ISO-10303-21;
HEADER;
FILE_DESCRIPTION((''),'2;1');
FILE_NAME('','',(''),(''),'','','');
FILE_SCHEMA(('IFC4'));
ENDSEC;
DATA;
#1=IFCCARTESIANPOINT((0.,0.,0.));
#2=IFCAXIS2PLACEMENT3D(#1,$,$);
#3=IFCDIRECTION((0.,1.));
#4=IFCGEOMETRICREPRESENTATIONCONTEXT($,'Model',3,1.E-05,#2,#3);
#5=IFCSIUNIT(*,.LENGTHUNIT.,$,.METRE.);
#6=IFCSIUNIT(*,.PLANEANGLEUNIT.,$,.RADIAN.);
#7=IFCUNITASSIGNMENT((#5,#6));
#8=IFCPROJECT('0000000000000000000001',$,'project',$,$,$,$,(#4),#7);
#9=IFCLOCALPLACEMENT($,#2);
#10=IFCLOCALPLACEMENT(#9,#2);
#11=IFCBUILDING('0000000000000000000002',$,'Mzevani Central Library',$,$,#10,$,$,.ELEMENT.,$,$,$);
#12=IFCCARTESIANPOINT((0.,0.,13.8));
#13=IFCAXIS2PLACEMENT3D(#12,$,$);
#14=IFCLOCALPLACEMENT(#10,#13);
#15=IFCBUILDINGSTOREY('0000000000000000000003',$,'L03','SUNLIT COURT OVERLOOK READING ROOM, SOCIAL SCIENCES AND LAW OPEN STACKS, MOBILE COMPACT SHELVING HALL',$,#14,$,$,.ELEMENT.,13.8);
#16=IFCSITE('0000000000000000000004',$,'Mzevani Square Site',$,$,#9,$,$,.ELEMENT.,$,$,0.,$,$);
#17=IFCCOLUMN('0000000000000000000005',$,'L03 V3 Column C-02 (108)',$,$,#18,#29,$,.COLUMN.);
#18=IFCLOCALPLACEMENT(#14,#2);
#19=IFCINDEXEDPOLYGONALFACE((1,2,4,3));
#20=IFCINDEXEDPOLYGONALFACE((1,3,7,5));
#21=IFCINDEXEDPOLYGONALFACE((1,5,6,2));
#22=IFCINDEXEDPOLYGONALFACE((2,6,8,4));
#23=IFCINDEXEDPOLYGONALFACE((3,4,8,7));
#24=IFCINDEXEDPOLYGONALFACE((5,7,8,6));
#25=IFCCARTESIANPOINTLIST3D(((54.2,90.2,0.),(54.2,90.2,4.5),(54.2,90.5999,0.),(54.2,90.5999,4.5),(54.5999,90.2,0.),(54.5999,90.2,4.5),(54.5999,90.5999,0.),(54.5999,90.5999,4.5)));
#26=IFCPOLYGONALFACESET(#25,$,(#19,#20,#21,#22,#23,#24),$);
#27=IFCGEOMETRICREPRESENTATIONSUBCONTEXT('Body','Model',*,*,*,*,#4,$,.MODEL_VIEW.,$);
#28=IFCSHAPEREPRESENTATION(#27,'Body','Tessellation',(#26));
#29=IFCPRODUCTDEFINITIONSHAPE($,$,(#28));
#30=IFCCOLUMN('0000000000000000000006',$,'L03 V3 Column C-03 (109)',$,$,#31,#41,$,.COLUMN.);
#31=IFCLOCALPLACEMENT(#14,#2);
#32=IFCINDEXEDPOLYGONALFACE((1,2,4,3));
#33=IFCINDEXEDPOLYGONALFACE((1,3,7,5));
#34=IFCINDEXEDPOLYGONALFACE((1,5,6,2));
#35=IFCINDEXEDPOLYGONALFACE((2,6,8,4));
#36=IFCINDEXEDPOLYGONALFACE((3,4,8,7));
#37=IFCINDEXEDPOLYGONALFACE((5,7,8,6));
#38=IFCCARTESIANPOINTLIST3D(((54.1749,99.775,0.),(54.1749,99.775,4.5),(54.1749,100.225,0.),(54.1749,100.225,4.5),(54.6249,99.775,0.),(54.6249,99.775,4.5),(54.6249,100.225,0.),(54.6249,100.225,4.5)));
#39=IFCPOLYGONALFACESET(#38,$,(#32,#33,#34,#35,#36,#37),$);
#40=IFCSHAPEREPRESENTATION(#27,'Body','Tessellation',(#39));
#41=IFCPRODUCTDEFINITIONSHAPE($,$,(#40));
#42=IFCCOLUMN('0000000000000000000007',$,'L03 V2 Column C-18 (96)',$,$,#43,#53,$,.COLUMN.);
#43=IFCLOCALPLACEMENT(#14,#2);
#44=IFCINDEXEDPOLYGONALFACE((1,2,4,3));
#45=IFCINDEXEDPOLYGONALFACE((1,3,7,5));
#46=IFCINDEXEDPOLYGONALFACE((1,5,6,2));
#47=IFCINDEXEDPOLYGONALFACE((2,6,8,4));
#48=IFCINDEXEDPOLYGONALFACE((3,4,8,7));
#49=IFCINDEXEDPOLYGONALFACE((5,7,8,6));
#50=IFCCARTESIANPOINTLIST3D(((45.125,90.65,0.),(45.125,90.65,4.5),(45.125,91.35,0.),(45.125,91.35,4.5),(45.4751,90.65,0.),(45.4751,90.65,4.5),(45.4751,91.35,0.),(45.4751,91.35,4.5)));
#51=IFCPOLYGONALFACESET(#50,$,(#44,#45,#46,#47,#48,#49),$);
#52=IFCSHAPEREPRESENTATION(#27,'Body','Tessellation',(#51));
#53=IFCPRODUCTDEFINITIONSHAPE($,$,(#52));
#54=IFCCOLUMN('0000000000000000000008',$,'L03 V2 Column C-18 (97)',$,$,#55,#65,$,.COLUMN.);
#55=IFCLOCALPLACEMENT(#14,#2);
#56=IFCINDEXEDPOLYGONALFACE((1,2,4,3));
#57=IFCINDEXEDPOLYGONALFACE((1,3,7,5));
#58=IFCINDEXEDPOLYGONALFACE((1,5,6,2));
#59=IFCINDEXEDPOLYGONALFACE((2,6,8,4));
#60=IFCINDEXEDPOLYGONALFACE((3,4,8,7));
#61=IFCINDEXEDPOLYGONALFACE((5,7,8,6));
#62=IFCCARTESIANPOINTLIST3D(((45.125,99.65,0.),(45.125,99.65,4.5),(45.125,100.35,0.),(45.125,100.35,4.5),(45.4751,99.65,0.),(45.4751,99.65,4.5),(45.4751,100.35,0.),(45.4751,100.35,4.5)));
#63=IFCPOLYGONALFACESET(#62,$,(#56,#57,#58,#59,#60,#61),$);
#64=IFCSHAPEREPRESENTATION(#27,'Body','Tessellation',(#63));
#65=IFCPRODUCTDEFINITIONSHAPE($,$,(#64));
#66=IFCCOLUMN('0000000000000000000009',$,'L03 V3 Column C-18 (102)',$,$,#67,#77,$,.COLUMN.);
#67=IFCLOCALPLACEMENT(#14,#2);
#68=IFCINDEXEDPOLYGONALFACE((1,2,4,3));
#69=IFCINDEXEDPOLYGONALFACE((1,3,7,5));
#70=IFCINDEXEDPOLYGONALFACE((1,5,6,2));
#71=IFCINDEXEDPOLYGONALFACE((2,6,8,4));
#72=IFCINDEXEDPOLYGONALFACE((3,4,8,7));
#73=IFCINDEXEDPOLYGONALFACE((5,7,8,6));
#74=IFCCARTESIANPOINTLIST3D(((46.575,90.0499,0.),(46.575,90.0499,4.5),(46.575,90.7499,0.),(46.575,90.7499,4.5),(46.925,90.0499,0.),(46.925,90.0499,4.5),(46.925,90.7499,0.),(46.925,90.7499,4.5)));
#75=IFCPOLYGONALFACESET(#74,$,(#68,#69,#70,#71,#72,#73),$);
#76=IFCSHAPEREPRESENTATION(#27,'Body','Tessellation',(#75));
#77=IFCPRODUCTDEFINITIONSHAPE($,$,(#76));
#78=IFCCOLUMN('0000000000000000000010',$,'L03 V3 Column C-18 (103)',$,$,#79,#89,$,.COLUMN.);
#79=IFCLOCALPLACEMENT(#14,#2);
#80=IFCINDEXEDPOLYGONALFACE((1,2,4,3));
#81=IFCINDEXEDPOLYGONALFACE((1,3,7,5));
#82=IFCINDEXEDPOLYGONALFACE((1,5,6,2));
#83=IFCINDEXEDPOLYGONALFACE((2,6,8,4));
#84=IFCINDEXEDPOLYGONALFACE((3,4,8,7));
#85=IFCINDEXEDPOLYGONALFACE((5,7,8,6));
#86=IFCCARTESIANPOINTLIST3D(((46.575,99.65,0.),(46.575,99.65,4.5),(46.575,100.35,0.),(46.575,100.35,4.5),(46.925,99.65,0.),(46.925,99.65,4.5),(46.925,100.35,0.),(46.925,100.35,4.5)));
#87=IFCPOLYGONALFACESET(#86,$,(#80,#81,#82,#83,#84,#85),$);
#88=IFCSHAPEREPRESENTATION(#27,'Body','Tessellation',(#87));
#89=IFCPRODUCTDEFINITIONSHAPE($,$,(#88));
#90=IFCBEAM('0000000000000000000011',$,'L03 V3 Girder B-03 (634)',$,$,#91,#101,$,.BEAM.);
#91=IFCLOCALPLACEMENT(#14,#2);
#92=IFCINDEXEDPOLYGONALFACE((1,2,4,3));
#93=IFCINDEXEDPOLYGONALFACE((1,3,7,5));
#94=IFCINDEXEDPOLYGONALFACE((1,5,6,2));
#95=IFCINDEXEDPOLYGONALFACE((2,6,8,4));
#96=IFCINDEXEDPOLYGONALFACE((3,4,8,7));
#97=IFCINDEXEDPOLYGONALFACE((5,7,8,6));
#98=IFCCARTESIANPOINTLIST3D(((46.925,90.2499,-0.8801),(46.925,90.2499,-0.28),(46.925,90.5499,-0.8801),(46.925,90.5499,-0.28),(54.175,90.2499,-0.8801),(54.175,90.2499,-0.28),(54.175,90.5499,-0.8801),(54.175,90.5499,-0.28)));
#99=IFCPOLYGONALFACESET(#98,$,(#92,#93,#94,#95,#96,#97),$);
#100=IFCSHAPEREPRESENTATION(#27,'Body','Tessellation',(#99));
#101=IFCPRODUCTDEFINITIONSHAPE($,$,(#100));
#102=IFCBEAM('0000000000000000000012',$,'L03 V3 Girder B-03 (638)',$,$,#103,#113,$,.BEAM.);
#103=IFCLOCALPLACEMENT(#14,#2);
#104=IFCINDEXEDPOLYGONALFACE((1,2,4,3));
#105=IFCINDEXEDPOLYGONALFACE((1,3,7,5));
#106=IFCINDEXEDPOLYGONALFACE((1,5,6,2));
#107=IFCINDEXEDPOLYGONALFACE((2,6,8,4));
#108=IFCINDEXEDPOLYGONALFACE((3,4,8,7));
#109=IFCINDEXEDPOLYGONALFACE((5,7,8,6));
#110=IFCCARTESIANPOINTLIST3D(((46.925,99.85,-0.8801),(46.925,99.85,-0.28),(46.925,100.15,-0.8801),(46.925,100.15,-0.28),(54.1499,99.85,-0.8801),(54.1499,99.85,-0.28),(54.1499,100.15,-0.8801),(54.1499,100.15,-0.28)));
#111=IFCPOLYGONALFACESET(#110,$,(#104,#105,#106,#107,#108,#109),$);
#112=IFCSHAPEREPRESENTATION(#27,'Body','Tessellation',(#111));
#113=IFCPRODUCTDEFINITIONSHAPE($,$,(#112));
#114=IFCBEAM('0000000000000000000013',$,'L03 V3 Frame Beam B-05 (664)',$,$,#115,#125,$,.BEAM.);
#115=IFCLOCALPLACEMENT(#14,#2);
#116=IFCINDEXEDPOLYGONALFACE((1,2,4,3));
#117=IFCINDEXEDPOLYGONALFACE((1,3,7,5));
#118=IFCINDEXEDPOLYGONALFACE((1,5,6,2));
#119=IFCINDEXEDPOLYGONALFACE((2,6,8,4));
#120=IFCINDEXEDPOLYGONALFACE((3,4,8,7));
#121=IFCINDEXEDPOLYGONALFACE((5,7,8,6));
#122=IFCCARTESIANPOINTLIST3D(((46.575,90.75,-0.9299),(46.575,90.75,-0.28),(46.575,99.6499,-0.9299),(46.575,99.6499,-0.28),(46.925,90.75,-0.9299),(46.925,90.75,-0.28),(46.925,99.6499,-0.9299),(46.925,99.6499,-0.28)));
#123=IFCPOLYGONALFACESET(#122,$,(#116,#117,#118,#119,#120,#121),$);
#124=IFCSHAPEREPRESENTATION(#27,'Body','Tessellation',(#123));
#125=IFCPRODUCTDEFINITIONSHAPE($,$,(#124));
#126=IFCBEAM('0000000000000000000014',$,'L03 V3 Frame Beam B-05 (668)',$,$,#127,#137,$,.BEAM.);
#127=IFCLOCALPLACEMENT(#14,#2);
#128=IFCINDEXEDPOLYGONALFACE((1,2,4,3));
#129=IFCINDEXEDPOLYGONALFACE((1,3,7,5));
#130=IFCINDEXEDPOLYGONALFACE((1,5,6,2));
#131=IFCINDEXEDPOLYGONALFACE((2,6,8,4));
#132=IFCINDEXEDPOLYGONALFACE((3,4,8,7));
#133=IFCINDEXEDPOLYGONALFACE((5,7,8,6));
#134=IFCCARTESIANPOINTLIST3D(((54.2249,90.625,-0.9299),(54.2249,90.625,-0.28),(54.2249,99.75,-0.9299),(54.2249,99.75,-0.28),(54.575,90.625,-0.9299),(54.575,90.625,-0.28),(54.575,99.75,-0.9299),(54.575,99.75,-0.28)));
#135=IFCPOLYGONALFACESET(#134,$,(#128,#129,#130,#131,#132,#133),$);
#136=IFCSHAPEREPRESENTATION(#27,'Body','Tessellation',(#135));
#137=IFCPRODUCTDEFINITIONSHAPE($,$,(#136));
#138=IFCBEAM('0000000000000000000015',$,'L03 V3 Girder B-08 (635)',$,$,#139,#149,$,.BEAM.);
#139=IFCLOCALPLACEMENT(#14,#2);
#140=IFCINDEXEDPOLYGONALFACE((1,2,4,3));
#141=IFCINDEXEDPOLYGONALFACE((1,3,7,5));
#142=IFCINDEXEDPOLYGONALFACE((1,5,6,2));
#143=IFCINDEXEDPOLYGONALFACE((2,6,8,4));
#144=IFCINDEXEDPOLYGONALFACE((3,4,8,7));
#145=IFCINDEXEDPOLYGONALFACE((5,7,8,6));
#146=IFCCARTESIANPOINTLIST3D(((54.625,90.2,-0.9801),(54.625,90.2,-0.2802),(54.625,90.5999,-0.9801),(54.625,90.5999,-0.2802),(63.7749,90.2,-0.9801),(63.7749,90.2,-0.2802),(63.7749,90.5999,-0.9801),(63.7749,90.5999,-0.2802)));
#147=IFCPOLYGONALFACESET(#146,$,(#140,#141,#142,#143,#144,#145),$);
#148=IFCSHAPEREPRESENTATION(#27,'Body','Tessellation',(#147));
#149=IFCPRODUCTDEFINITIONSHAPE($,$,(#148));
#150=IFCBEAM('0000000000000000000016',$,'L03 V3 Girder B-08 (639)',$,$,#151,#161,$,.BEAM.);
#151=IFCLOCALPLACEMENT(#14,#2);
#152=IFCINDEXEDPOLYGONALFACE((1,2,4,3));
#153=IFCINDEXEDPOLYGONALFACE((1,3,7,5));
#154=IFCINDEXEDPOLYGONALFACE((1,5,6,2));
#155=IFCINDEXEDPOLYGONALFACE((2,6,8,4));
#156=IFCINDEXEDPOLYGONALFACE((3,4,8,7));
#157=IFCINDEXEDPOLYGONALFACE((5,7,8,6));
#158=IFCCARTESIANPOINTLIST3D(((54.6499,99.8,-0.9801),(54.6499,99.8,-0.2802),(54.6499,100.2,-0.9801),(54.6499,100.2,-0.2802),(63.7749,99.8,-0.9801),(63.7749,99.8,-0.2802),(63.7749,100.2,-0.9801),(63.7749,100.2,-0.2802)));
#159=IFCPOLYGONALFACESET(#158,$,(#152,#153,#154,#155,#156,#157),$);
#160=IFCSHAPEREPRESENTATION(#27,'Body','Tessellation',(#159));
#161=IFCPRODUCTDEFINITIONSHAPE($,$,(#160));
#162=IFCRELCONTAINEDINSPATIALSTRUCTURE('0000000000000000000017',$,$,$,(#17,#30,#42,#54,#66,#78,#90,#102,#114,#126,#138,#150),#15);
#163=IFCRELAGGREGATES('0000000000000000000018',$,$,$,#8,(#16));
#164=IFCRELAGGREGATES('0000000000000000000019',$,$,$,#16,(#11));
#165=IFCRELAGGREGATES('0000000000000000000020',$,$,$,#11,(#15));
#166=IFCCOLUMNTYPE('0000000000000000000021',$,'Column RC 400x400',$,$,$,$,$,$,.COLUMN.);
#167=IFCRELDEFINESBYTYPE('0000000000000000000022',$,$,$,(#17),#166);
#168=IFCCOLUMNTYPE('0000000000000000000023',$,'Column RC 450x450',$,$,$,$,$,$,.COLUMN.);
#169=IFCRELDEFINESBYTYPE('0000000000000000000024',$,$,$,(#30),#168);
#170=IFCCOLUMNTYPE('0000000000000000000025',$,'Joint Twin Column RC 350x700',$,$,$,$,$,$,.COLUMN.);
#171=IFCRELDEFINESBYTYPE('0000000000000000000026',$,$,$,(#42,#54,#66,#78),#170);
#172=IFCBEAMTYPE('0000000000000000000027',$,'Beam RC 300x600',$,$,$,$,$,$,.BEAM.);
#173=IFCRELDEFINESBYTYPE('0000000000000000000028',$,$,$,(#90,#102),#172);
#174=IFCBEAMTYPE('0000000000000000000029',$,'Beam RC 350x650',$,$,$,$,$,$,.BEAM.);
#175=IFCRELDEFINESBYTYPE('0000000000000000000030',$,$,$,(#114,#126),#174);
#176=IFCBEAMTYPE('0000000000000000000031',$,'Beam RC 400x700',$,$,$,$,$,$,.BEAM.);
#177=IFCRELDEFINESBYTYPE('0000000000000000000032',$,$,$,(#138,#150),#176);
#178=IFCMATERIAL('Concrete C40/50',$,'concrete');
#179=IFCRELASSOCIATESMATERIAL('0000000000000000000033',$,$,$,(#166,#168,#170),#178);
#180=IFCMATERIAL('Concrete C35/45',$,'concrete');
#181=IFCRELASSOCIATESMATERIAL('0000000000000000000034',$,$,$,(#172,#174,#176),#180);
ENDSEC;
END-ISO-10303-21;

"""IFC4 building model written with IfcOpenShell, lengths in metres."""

from ifc_helpers import new_model, si_unit, direction, frame, origin, origin_2d, place, context, subcontext, project, spatial, rectangle, extrude, material, material_profile, profile_set, type_object, element, save


model = new_model("IFC4")

# Units and contexts
model_context = context("Model", 3, precision=1e-05, world=origin(), true_north=direction((0.0, 1.0)))
body_context = subcontext(model_context, "Body", "Model", "MODEL_VIEW")
ifc_project = project(units=[si_unit("LENGTHUNIT", "METRE"), si_unit("PLANEANGLEUNIT", "RADIAN")], contexts=[model_context])

# Site, building, storey
site_placement = place(None, origin())
site = spatial("IfcSite", under=ifc_project, at=site_placement, Name="Mzevani Square Site", CompositionType="ELEMENT", RefElevation=0.0)
building_placement = place(site_placement, origin())
building = spatial("IfcBuilding", under=site, at=building_placement, Name="Mzevani Central Library", CompositionType="ELEMENT")
storey_placement = place(building_placement, frame((0.0, 0.0, 13.8)))
storey = spatial("IfcBuildingStorey", under=building, at=storey_placement, Name="L03", Description="SUNLIT COURT OVERLOOK READING ROOM, SOCIAL SCIENCES AND LAW OPEN STACKS, MOBILE COMPACT SHELVING HALL", CompositionType="ELEMENT", Elevation=13.8)

# Columns
ifc_material_1 = material(Name="Concrete C40/50", Category="concrete")
ifc_material_profile_1 = material_profile(ifc_material_1, rectangle(XDim=0.3999, YDim=0.3999, at=origin_2d()), Name="RC 400x400")
ifc_profile_set_1 = profile_set([ifc_material_profile_1], Name="Concrete C40/50")
column_type_1 = type_object("IfcColumnType", Name="Column RC 400x400", PredefinedType="COLUMN", material=ifc_profile_set_1)
column_1_placement = place(storey_placement, frame((54.3999, 90.3999, 0.0), z_axis=(0.0, 0.0, 1.0), x_axis=(1.0, 0.0, 0.0)))
element("IfcColumn", 1, at=column_1_placement, inside=storey, type_object=column_type_1, Name="L03 V3 Column C-02 (108)", PredefinedType="COLUMN", context=body_context, shape_type="SweptSolid", body=[
    extrude(rectangle(XDim=0.3999, YDim=0.3999, at=origin_2d()), origin(), (0.0, 0.0, 1.0), 4.5),
])
ifc_material_profile_2 = material_profile(ifc_material_1, rectangle(XDim=0.45, YDim=0.45, at=origin_2d()), Name="RC 450x450")
ifc_profile_set_2 = profile_set([ifc_material_profile_2], Name="Concrete C40/50")
column_type_2 = type_object("IfcColumnType", Name="Column RC 450x450", PredefinedType="COLUMN", material=ifc_profile_set_2)
column_2_placement = place(storey_placement, frame((54.3999, 100.0, 0.0), z_axis=(0.0, 0.0, 1.0), x_axis=(1.0, 0.0, 0.0)))
element("IfcColumn", 2, at=column_2_placement, inside=storey, type_object=column_type_2, Name="L03 V3 Column C-03 (109)", PredefinedType="COLUMN", context=body_context, shape_type="SweptSolid", body=[
    extrude(rectangle(XDim=0.45, YDim=0.45, at=origin_2d()), origin(), (0.0, 0.0, 1.0), 4.5),
])
ifc_material_profile_3 = material_profile(ifc_material_1, rectangle(XDim=0.3501, YDim=0.7, at=origin_2d()), Name="RC 350x700")
ifc_profile_set_3 = profile_set([ifc_material_profile_3], Name="Concrete C40/50")
column_type_3 = type_object("IfcColumnType", Name="Joint Twin Column RC 350x700", PredefinedType="COLUMN", material=ifc_profile_set_3)
for number, where, z_axis, x_axis, name in (
    (3, (45.3, 91.0, 0.0), (0.0, 0.0, 1.0), (1.0, 0.0, 0.0), "L03 V2 Column C-18 (96)"),
    (4, (45.3, 100.0, 0.0), (0.0, 0.0, 1.0), (1.0, 0.0, 0.0), "L03 V2 Column C-18 (97)"),
    (5, (46.75, 90.3999, 0.0), (0.0, 0.0, 1.0), (1.0, 0.0, 0.0), "L03 V3 Column C-18 (102)"),
    (6, (46.75, 100.0, 0.0), (0.0, 0.0, 1.0), (1.0, 0.0, 0.0), "L03 V3 Column C-18 (103)"),
):
    element("IfcColumn", number, at=place(storey_placement, frame(where, z_axis=z_axis, x_axis=x_axis)), inside=storey, type_object=column_type_3, Name=name, PredefinedType="COLUMN", context=body_context, shape_type="SweptSolid", body=[
        extrude(rectangle(XDim=0.3501, YDim=0.7, at=origin_2d()), origin(), (0.0, 0.0, 1.0), 4.5),
    ])

# Beams
ifc_material_2 = material(Name="Concrete C35/45", Category="concrete")
ifc_material_profile_4 = material_profile(ifc_material_2, rectangle(XDim=0.3, YDim=0.6001, at=origin_2d()), Name="RC B300x600")
ifc_profile_set_4 = profile_set([ifc_material_profile_4], Name="Concrete C35/45")
beam_type_1 = type_object("IfcBeamType", Name="Beam RC 300x600", PredefinedType="BEAM", material=ifc_profile_set_4)
beam_1_placement = place(storey_placement, frame((46.925, 90.3999, -0.5801), z_axis=(1.0, 0.0, 0.0), x_axis=(0.0, 1.0, 0.0)))
element("IfcBeam", 7, at=beam_1_placement, inside=storey, type_object=beam_type_1, Name="L03 V3 Girder B-03 (634)", PredefinedType="BEAM", context=body_context, shape_type="SweptSolid", body=[
    extrude(rectangle(XDim=0.3, YDim=0.6001, at=origin_2d()), origin(), (0.0, 0.0, 1.0), 7.25),
])
beam_2_placement = place(storey_placement, frame((46.925, 100.0, -0.5801), z_axis=(1.0, 0.0, 0.0), x_axis=(0.0, 1.0, 0.0)))
element("IfcBeam", 8, at=beam_2_placement, inside=storey, type_object=beam_type_1, Name="L03 V3 Girder B-03 (638)", PredefinedType="BEAM", context=body_context, shape_type="SweptSolid", body=[
    extrude(rectangle(XDim=0.3, YDim=0.6001, at=origin_2d()), origin(), (0.0, 0.0, 1.0), 7.2249),
])
ifc_material_profile_5 = material_profile(ifc_material_2, rectangle(XDim=0.3501, YDim=0.6499, at=origin_2d()), Name="RC B350x650")
ifc_profile_set_5 = profile_set([ifc_material_profile_5], Name="Concrete C35/45")
beam_type_2 = type_object("IfcBeamType", Name="Beam RC 350x650", PredefinedType="BEAM", material=ifc_profile_set_5)
beam_3_placement = place(storey_placement, frame((46.75, 90.75, -0.605), z_axis=(0.0, 1.0, 0.0), x_axis=(-1.0, 0.0, 0.0)))
element("IfcBeam", 9, at=beam_3_placement, inside=storey, type_object=beam_type_2, Name="L03 V3 Frame Beam B-05 (664)", PredefinedType="BEAM", context=body_context, shape_type="SweptSolid", body=[
    extrude(rectangle(XDim=0.3501, YDim=0.6499, at=origin_2d()), origin(), (0.0, 0.0, 1.0), 8.8999),
])
beam_4_placement = place(storey_placement, frame((54.3999, 90.625, -0.605), z_axis=(0.0, 1.0, 0.0), x_axis=(-1.0, 0.0, 0.0)))
element("IfcBeam", 10, at=beam_4_placement, inside=storey, type_object=beam_type_2, Name="L03 V3 Frame Beam B-05 (668)", PredefinedType="BEAM", context=body_context, shape_type="SweptSolid", body=[
    extrude(rectangle(XDim=0.3501, YDim=0.6499, at=origin_2d()), origin(), (0.0, 0.0, 1.0), 9.125),
])
ifc_material_profile_6 = material_profile(ifc_material_2, rectangle(XDim=0.3999, YDim=0.7, at=origin_2d()), Name="RC B400x700")
ifc_profile_set_6 = profile_set([ifc_material_profile_6], Name="Concrete C35/45")
beam_type_3 = type_object("IfcBeamType", Name="Beam RC 400x700", PredefinedType="BEAM", material=ifc_profile_set_6)
beam_5_placement = place(storey_placement, frame((54.625, 90.3999, -0.6301), z_axis=(1.0, 0.0, 0.0), x_axis=(0.0, 1.0, 0.0)))
element("IfcBeam", 11, at=beam_5_placement, inside=storey, type_object=beam_type_3, Name="L03 V3 Girder B-08 (635)", PredefinedType="BEAM", context=body_context, shape_type="SweptSolid", body=[
    extrude(rectangle(XDim=0.3999, YDim=0.7, at=origin_2d()), origin(), (0.0, 0.0, 1.0), 9.1499),
])
beam_6_placement = place(storey_placement, frame((54.6499, 100.0, -0.6301), z_axis=(1.0, 0.0, 0.0), x_axis=(0.0, 1.0, 0.0)))
element("IfcBeam", 12, at=beam_6_placement, inside=storey, type_object=beam_type_3, Name="L03 V3 Girder B-08 (639)", PredefinedType="BEAM", context=body_context, shape_type="SweptSolid", body=[
    extrude(rectangle(XDim=0.3999, YDim=0.7, at=origin_2d()), origin(), (0.0, 0.0, 1.0), 9.125),
])

save(model, "model.ifc")
